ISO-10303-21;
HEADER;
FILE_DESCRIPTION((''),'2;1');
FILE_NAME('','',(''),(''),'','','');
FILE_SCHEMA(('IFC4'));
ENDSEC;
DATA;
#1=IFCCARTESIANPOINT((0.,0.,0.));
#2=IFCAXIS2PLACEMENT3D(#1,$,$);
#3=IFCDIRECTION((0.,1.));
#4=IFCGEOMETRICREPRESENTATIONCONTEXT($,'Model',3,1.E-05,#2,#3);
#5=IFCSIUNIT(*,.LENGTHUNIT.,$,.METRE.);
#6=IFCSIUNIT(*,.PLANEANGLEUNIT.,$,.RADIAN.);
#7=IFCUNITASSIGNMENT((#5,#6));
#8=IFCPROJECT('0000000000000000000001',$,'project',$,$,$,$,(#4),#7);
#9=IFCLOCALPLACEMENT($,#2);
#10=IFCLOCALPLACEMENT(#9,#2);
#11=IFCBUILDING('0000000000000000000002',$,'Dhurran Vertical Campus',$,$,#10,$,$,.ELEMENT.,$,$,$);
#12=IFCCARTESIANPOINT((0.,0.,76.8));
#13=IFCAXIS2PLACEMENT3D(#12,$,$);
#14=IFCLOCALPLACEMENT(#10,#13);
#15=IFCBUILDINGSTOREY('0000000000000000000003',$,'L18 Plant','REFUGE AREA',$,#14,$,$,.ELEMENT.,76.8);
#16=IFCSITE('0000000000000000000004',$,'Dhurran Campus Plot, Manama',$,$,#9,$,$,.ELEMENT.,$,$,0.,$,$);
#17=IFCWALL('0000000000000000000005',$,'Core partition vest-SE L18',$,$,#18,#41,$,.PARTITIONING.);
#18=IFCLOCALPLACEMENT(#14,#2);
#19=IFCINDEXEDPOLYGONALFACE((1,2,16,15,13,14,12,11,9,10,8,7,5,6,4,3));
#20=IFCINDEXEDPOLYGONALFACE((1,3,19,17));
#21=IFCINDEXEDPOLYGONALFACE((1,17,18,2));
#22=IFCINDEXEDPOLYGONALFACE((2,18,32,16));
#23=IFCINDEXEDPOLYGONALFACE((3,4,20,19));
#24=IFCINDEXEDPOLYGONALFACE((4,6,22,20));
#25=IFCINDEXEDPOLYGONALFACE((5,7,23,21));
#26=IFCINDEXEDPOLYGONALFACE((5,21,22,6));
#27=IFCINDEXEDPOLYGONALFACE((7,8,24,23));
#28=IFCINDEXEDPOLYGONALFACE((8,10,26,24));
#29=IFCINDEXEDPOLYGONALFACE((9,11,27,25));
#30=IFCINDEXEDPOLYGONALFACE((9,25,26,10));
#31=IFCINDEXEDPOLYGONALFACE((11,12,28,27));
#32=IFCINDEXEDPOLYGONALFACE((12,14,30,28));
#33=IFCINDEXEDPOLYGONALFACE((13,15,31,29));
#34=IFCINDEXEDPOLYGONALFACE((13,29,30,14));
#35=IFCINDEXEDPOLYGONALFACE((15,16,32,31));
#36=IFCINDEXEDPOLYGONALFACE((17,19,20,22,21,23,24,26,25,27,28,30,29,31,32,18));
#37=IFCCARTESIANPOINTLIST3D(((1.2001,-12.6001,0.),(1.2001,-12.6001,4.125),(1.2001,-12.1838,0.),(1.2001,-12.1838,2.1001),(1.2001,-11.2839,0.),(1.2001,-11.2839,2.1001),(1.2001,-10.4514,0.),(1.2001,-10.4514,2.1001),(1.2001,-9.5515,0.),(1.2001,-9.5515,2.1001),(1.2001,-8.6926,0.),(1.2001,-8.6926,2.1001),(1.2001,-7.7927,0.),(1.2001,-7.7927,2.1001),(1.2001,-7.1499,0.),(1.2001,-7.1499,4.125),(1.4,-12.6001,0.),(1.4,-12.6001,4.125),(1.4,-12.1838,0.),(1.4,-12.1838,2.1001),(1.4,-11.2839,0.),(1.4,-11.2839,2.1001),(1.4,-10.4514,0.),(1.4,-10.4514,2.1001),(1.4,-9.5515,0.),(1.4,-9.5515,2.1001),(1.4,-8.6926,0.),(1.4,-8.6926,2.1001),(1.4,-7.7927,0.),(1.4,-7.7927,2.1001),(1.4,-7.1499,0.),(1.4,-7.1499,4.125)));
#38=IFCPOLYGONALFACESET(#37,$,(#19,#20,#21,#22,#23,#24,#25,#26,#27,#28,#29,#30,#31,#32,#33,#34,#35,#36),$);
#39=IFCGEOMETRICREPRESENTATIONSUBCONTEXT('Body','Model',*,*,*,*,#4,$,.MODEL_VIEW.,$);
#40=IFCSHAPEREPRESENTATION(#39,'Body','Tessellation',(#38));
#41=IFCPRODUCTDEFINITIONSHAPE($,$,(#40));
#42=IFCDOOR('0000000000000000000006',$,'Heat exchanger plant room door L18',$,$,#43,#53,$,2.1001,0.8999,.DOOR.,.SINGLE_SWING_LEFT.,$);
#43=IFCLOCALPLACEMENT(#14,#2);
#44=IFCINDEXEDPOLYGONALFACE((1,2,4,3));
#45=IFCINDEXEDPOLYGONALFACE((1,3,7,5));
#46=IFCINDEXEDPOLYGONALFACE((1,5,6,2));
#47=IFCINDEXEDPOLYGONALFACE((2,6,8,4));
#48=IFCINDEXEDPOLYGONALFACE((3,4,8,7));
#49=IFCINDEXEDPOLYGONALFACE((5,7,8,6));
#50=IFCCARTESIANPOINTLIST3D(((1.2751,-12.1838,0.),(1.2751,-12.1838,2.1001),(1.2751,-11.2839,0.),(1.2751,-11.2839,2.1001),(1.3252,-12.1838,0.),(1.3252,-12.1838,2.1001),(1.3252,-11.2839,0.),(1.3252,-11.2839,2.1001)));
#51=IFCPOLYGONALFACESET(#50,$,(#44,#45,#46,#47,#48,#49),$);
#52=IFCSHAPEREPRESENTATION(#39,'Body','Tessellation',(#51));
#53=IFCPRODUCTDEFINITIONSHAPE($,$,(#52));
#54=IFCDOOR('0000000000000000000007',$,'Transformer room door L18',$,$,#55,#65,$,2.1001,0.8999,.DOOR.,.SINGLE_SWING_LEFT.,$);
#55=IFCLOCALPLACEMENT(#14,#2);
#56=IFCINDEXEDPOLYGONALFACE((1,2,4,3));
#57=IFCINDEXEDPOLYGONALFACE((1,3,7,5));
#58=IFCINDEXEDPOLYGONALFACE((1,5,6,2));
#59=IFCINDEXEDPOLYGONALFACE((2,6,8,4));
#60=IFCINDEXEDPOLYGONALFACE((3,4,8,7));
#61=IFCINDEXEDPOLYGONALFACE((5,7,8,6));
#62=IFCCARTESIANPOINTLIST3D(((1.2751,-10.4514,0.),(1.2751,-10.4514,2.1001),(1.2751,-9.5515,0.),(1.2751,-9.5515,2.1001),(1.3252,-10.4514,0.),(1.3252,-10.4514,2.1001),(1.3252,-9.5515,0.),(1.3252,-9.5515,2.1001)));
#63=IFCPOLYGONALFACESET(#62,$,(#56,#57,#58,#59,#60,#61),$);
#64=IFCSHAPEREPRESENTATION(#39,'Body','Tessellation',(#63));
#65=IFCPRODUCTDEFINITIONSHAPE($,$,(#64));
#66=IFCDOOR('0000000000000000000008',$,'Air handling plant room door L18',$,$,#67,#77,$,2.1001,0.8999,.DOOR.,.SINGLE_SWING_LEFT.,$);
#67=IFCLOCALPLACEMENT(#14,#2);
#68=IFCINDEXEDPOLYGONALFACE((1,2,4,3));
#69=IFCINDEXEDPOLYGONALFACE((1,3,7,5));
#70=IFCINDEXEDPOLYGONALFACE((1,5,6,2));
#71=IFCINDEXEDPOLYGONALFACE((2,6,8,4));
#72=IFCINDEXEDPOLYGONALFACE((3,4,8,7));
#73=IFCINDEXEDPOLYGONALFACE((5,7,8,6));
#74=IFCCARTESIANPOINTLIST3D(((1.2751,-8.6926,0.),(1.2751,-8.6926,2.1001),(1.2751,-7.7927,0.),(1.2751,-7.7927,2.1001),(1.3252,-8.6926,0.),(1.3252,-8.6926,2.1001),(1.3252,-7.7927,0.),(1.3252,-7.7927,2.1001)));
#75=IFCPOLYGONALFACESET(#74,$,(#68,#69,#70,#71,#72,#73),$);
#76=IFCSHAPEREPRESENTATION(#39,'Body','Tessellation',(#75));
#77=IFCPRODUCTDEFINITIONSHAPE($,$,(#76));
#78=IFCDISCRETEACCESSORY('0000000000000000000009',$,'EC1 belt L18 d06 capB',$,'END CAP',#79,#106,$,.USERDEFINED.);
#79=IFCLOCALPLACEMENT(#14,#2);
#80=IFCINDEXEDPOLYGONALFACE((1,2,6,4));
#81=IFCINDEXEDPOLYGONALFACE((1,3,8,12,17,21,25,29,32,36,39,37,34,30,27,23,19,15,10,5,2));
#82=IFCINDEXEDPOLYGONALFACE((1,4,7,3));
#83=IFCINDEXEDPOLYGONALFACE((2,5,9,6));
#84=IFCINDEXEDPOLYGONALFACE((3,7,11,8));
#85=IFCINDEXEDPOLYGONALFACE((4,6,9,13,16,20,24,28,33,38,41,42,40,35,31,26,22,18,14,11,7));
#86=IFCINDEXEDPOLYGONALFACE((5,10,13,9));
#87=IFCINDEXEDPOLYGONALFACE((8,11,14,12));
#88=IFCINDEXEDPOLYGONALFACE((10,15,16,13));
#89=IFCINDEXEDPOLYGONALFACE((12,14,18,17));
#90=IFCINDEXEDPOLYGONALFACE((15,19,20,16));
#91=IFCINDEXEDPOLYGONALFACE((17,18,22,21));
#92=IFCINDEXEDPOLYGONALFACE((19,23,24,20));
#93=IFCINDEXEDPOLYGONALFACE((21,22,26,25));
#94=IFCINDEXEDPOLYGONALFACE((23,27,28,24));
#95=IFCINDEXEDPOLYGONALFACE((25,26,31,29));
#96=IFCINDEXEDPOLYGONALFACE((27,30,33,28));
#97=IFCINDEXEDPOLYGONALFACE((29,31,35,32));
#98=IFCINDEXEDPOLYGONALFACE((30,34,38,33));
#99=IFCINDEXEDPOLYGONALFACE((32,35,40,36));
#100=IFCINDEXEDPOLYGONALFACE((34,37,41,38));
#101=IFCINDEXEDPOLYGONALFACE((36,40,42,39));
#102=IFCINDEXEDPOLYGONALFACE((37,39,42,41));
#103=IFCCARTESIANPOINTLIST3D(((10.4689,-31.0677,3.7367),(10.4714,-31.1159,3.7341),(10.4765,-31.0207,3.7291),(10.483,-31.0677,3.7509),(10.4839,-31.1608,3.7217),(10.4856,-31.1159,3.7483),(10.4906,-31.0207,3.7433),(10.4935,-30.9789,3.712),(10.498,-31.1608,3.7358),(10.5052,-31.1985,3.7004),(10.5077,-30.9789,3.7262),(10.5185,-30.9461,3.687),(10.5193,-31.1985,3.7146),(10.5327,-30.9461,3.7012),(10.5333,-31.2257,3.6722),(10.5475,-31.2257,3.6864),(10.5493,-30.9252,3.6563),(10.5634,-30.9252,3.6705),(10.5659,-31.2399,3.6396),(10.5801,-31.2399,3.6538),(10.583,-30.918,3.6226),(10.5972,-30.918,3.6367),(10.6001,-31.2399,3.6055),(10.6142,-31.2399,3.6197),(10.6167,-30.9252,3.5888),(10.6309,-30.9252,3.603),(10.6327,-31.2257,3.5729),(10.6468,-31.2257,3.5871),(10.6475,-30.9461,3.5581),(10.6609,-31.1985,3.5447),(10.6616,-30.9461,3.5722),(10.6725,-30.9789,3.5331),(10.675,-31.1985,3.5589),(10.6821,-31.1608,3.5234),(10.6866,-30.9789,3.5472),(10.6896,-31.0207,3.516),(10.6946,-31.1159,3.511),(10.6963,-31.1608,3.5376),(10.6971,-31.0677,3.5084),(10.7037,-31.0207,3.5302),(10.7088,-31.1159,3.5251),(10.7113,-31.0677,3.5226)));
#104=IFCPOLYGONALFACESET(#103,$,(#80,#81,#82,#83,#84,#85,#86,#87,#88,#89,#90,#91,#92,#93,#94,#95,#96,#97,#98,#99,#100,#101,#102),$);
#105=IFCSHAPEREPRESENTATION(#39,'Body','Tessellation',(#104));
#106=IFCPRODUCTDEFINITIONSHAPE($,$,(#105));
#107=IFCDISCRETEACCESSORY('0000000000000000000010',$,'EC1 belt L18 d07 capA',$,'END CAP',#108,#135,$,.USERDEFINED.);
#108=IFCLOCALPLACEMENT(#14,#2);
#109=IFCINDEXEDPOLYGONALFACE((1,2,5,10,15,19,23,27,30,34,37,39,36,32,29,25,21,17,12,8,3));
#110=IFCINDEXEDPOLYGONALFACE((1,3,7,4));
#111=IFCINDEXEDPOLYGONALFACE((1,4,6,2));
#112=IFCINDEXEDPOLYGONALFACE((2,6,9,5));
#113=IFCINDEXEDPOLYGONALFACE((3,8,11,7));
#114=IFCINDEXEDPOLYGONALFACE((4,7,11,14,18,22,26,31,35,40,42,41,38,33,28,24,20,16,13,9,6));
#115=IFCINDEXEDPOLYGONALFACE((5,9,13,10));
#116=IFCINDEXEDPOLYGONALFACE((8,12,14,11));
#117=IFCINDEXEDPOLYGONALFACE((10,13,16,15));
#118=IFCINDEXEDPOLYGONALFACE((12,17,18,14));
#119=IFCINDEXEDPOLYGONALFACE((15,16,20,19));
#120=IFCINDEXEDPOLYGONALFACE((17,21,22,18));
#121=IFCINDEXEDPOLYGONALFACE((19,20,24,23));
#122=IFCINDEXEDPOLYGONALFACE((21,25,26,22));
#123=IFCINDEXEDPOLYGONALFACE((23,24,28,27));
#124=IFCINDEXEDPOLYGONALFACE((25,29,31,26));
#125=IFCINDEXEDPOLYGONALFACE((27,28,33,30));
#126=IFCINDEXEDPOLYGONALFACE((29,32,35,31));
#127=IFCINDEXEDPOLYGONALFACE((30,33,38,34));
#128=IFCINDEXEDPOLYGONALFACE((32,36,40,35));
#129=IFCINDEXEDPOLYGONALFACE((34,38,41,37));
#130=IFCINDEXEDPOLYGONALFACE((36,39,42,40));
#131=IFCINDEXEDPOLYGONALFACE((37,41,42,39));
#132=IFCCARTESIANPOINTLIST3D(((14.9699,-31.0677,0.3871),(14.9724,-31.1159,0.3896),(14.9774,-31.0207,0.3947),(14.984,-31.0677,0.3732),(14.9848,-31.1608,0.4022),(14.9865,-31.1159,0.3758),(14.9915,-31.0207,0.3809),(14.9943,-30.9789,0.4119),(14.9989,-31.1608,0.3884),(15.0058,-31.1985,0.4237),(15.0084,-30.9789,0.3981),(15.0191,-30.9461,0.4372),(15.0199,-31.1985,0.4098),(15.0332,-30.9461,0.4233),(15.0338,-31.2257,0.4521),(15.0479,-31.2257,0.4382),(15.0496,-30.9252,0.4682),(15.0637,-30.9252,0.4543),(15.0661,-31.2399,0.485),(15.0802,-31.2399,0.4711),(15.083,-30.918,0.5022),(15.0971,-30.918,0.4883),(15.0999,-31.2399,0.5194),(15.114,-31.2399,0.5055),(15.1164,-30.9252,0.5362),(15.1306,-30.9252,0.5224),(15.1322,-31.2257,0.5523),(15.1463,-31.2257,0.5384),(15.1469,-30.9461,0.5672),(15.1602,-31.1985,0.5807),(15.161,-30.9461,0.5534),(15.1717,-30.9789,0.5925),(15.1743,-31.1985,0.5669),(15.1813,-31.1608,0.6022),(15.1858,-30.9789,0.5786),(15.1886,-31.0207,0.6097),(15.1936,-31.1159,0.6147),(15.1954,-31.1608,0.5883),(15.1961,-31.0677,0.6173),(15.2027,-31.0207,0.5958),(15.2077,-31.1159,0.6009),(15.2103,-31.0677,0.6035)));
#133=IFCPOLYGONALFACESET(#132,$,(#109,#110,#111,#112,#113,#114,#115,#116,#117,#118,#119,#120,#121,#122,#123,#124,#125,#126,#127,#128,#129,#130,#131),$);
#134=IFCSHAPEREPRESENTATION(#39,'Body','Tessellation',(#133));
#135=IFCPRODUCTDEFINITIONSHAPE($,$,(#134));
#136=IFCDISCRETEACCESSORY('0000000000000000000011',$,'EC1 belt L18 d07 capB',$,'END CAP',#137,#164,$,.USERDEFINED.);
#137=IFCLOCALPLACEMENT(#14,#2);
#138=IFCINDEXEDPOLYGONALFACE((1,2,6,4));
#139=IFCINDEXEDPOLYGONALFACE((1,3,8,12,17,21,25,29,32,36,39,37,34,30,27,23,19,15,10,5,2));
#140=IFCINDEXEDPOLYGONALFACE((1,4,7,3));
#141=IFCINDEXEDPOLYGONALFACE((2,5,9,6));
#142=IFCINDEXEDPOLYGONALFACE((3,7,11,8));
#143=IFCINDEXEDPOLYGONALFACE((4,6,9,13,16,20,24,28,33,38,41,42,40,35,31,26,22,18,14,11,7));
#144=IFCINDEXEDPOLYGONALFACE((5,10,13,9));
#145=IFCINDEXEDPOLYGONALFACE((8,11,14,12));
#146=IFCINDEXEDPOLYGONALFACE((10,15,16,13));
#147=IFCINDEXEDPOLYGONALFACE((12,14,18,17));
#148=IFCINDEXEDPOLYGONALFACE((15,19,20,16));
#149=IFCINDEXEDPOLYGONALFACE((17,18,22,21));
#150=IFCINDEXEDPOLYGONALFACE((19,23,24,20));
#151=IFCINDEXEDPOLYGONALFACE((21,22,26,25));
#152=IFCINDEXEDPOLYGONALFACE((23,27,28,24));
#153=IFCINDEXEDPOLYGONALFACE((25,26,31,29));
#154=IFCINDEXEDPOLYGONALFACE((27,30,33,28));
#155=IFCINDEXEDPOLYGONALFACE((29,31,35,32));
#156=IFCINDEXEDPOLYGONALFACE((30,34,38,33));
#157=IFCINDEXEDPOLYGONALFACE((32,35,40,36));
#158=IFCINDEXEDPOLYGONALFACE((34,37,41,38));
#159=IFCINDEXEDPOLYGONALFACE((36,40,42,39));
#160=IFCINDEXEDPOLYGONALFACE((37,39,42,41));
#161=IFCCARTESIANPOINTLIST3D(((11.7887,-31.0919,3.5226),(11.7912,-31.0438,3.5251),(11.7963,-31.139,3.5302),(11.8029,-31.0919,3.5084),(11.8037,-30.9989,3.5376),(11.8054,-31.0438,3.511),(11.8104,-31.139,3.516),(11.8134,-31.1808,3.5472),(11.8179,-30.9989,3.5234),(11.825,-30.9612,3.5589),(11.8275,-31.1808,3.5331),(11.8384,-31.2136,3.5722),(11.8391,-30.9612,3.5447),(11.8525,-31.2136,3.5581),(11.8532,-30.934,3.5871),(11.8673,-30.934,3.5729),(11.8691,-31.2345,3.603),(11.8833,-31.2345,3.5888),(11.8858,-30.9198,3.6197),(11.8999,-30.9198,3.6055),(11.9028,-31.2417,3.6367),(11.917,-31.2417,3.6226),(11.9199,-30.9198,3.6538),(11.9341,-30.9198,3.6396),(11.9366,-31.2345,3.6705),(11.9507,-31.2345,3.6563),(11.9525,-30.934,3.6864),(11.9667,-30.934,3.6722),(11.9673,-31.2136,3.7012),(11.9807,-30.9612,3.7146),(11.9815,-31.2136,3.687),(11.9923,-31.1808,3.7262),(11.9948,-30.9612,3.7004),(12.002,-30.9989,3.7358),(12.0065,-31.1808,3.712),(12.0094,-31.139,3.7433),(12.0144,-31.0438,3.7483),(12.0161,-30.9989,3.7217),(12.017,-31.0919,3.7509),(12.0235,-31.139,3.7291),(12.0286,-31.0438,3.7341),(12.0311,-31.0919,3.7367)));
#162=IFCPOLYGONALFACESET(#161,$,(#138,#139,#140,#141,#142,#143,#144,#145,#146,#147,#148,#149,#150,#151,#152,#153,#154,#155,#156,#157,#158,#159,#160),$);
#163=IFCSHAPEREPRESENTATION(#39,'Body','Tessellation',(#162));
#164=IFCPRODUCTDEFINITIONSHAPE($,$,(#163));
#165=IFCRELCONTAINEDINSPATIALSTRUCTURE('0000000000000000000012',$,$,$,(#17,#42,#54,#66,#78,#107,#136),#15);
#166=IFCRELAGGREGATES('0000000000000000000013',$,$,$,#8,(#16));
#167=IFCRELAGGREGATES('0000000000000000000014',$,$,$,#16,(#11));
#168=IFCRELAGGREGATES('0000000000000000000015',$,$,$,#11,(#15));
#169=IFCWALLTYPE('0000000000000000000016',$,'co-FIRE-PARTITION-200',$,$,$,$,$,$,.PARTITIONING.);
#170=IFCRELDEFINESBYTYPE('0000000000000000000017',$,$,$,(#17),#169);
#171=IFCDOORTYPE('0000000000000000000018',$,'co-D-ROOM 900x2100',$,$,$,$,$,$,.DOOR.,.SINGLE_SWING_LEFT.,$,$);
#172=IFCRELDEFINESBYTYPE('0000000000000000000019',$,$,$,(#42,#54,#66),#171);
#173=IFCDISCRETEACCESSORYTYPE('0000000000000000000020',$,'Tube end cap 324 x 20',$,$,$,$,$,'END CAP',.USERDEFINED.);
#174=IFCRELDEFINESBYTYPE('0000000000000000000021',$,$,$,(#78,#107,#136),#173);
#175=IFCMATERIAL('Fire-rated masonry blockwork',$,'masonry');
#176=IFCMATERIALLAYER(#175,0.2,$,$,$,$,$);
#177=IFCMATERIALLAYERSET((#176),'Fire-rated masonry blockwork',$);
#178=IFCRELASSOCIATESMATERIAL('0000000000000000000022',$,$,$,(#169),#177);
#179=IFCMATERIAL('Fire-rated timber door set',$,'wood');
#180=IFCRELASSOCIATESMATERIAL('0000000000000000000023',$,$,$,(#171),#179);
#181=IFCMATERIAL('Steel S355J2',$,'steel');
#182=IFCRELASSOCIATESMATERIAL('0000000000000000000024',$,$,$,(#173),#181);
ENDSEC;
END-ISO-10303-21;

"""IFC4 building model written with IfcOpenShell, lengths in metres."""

from ifc_helpers import new_model, si_unit, direction, frame, frame_2d, origin, origin_2d, place, context, subcontext, project, spatial, rectangle, circle, extrude, material, layer, layer_set, material_profile, profile_set, type_object, element, fill, save


model = new_model("IFC4")

# Units and contexts
model_context = context("Model", 3, precision=1e-05, world=origin(), true_north=direction((0.0, 1.0)))
body_context = subcontext(model_context, "Body", "Model", "MODEL_VIEW")
ifc_project = project(units=[si_unit("LENGTHUNIT", "METRE"), si_unit("PLANEANGLEUNIT", "RADIAN")], contexts=[model_context])

# Site, building, storey
site_placement = place(None, origin())
site = spatial("IfcSite", under=ifc_project, at=site_placement, Name="Dhurran Campus Plot, Manama", CompositionType="ELEMENT", RefElevation=0.0)
building_placement = place(site_placement, origin())
building = spatial("IfcBuilding", under=site, at=building_placement, Name="Dhurran Vertical Campus", CompositionType="ELEMENT")
storey_placement = place(building_placement, frame((0.0, 0.0, 76.8)))
storey = spatial("IfcBuildingStorey", under=building, at=storey_placement, Name="L18 Plant", Description="REFUGE AREA", CompositionType="ELEMENT", Elevation=76.8)

# Wall, openings, doors
ifc_material_1 = material(Name="Fire-rated masonry blockwork", Category="masonry")
ifc_layer = layer(ifc_material_1, 0.2)
ifc_layer_set = layer_set([ifc_layer], Name="Fire-rated masonry blockwork")
wall_type = type_object("IfcWallType", Name="co-FIRE-PARTITION-200", PredefinedType="PARTITIONING", material=ifc_layer_set)
wall_placement = place(storey_placement, frame((1.3, -12.6001, 0.0), z_axis=(0.0, 0.0, 1.0), x_axis=(0.0, 1.0, 0.0)))
wall = element("IfcWall", 1, at=wall_placement, inside=storey, type_object=wall_type, Name="Core partition vest-SE L18", PredefinedType="PARTITIONING", context=body_context, shape_type="SweptSolid", body=[
    extrude(rectangle(XDim=5.4502, YDim=0.2, at=frame_2d((2.7251, 0.0))), origin(), (0.0, 0.0, 1.0), 4.125),
])
opening_1_placement = place(wall_placement, frame((0.4163, 0.0, 0.0)))
opening_1 = element("IfcOpeningElement", 2, at=opening_1_placement, cuts=wall, PredefinedType="OPENING", context=body_context, shape_type="SweptSolid", body=[
    extrude(rectangle(XDim=0.8999, YDim=2.1001, at=frame_2d((0.45, 1.05))), frame((0.0, 0.1099, 0.0), z_axis=(0.0, -1.0, 0.0), x_axis=(1.0, 0.0, 0.0)), (0.0, 0.0, 1.0), 0.22),
])
opening_2_placement = place(wall_placement, frame((2.1487, 0.0, 0.0)))
opening_2 = element("IfcOpeningElement", 3, at=opening_2_placement, cuts=wall, PredefinedType="OPENING", context=body_context, shape_type="SweptSolid", body=[
    extrude(rectangle(XDim=0.8999, YDim=2.1001, at=frame_2d((0.45, 1.05))), frame((0.0, 0.1099, 0.0), z_axis=(0.0, -1.0, 0.0), x_axis=(1.0, 0.0, 0.0)), (0.0, 0.0, 1.0), 0.22),
])
opening_3_placement = place(wall_placement, frame((3.9075, 0.0, 0.0)))
opening_3 = element("IfcOpeningElement", 4, at=opening_3_placement, cuts=wall, PredefinedType="OPENING", context=body_context, shape_type="SweptSolid", body=[
    extrude(rectangle(XDim=0.8999, YDim=2.1001, at=frame_2d((0.45, 1.05))), frame((0.0, 0.1099, 0.0), z_axis=(0.0, -1.0, 0.0), x_axis=(1.0, 0.0, 0.0)), (0.0, 0.0, 1.0), 0.22),
])
ifc_material_2 = material(Name="Fire-rated timber door set", Category="wood")
door_type = type_object("IfcDoorType", Name="co-D-ROOM 900x2100", OperationType="SINGLE_SWING_LEFT", PredefinedType="DOOR", material=ifc_material_2)
door_1_placement = place(opening_1_placement, origin())
door_1 = element("IfcDoor", 5, at=door_1_placement, inside=storey, type_object=door_type, Name="Heat exchanger plant room door L18", OperationType="SINGLE_SWING_LEFT", OverallHeight=2.1001, OverallWidth=0.8999, PredefinedType="DOOR", context=body_context, shape_type="SweptSolid", body=[
    extrude(rectangle(XDim=0.8999, YDim=2.1001, at=frame_2d((0.45, 1.05))), frame((0.0, 0.0249, 0.0), z_axis=(0.0, -1.0, 0.0), x_axis=(1.0, 0.0, 0.0)), (0.0, 0.0, 1.0), 0.05),
])
fill(opening_1, door_1)
door_2_placement = place(opening_2_placement, origin())
door_2 = element("IfcDoor", 6, at=door_2_placement, inside=storey, type_object=door_type, Name="Transformer room door L18", OperationType="SINGLE_SWING_LEFT", OverallHeight=2.1001, OverallWidth=0.8999, PredefinedType="DOOR", context=body_context, shape_type="SweptSolid", body=[
    extrude(rectangle(XDim=0.8999, YDim=2.1001, at=frame_2d((0.45, 1.05))), frame((0.0, 0.0249, 0.0), z_axis=(0.0, -1.0, 0.0), x_axis=(1.0, 0.0, 0.0)), (0.0, 0.0, 1.0), 0.05),
])
fill(opening_2, door_2)
door_3_placement = place(opening_3_placement, origin())
door_3 = element("IfcDoor", 7, at=door_3_placement, inside=storey, type_object=door_type, Name="Air handling plant room door L18", OperationType="SINGLE_SWING_LEFT", OverallHeight=2.1001, OverallWidth=0.8999, PredefinedType="DOOR", context=body_context, shape_type="SweptSolid", body=[
    extrude(rectangle(XDim=0.8999, YDim=2.1001, at=frame_2d((0.45, 1.05))), frame((0.0, 0.0249, 0.0), z_axis=(0.0, -1.0, 0.0), x_axis=(1.0, 0.0, 0.0)), (0.0, 0.0, 1.0), 0.05),
])
fill(opening_3, door_3)

# Discrete accessories
ifc_material_3 = material(Name="Steel S355J2", Category="steel")
ifc_material_profile_1 = material_profile(ifc_material_3, circle(Radius=0.1619, at=origin_2d()), Name="Tube end cap 324 x 20")
ifc_profile_set_1 = profile_set([ifc_material_profile_1], Name="Steel S355J2")
discrete_accessory_type = type_object("IfcDiscreteAccessoryType", Name="Tube end cap 324 x 20", ElementType="END CAP", PredefinedType="USERDEFINED", material=ifc_profile_set_1)
discrete_accessory_1_placement = place(storey_placement, frame((10.583, -31.0798, 3.6226), z_axis=(0.707107, 0.0, 0.707107), x_axis=(0.0, 1.0, 0.0)))
element("IfcDiscreteAccessory", 8, at=discrete_accessory_1_placement, inside=storey, type_object=discrete_accessory_type, Name="EC1 belt L18 d06 capB", ObjectType="END CAP", PredefinedType="USERDEFINED", context=body_context, shape_type="SweptSolid", body=[
    extrude(circle(Radius=0.1619, at=origin_2d()), origin(), (0.0, 0.0, 1.0), 0.02),
])
discrete_accessory_2_placement = place(storey_placement, frame((15.083, -31.0798, 0.5022), z_axis=(0.713229, 0.0, -0.700932), x_axis=(0.0, 1.0, 0.0)))
element("IfcDiscreteAccessory", 9, at=discrete_accessory_2_placement, inside=storey, type_object=discrete_accessory_type, Name="EC1 belt L18 d07 capA", ObjectType="END CAP", PredefinedType="USERDEFINED", context=body_context, shape_type="SweptSolid", body=[
    extrude(circle(Radius=0.1619, at=origin_2d()), origin(), (0.0, 0.0, 1.0), 0.0198),
])
for number, where, z_axis, x_axis, name in (
    (10, (11.917, -31.0798, 3.6226), (-0.707107, 0.0, 0.707107), (0.0, -1.0, 0.0), "EC1 belt L18 d07 capB"),
):
    element("IfcDiscreteAccessory", number, at=place(storey_placement, frame(where, z_axis=z_axis, x_axis=x_axis)), inside=storey, type_object=discrete_accessory_type, Name=name, ObjectType="END CAP", PredefinedType="USERDEFINED", context=body_context, shape_type="SweptSolid", body=[
        extrude(circle(Radius=0.1619, at=origin_2d()), origin(), (0.0, 0.0, 1.0), 0.02),
    ])

save(model, "model.ifc")
